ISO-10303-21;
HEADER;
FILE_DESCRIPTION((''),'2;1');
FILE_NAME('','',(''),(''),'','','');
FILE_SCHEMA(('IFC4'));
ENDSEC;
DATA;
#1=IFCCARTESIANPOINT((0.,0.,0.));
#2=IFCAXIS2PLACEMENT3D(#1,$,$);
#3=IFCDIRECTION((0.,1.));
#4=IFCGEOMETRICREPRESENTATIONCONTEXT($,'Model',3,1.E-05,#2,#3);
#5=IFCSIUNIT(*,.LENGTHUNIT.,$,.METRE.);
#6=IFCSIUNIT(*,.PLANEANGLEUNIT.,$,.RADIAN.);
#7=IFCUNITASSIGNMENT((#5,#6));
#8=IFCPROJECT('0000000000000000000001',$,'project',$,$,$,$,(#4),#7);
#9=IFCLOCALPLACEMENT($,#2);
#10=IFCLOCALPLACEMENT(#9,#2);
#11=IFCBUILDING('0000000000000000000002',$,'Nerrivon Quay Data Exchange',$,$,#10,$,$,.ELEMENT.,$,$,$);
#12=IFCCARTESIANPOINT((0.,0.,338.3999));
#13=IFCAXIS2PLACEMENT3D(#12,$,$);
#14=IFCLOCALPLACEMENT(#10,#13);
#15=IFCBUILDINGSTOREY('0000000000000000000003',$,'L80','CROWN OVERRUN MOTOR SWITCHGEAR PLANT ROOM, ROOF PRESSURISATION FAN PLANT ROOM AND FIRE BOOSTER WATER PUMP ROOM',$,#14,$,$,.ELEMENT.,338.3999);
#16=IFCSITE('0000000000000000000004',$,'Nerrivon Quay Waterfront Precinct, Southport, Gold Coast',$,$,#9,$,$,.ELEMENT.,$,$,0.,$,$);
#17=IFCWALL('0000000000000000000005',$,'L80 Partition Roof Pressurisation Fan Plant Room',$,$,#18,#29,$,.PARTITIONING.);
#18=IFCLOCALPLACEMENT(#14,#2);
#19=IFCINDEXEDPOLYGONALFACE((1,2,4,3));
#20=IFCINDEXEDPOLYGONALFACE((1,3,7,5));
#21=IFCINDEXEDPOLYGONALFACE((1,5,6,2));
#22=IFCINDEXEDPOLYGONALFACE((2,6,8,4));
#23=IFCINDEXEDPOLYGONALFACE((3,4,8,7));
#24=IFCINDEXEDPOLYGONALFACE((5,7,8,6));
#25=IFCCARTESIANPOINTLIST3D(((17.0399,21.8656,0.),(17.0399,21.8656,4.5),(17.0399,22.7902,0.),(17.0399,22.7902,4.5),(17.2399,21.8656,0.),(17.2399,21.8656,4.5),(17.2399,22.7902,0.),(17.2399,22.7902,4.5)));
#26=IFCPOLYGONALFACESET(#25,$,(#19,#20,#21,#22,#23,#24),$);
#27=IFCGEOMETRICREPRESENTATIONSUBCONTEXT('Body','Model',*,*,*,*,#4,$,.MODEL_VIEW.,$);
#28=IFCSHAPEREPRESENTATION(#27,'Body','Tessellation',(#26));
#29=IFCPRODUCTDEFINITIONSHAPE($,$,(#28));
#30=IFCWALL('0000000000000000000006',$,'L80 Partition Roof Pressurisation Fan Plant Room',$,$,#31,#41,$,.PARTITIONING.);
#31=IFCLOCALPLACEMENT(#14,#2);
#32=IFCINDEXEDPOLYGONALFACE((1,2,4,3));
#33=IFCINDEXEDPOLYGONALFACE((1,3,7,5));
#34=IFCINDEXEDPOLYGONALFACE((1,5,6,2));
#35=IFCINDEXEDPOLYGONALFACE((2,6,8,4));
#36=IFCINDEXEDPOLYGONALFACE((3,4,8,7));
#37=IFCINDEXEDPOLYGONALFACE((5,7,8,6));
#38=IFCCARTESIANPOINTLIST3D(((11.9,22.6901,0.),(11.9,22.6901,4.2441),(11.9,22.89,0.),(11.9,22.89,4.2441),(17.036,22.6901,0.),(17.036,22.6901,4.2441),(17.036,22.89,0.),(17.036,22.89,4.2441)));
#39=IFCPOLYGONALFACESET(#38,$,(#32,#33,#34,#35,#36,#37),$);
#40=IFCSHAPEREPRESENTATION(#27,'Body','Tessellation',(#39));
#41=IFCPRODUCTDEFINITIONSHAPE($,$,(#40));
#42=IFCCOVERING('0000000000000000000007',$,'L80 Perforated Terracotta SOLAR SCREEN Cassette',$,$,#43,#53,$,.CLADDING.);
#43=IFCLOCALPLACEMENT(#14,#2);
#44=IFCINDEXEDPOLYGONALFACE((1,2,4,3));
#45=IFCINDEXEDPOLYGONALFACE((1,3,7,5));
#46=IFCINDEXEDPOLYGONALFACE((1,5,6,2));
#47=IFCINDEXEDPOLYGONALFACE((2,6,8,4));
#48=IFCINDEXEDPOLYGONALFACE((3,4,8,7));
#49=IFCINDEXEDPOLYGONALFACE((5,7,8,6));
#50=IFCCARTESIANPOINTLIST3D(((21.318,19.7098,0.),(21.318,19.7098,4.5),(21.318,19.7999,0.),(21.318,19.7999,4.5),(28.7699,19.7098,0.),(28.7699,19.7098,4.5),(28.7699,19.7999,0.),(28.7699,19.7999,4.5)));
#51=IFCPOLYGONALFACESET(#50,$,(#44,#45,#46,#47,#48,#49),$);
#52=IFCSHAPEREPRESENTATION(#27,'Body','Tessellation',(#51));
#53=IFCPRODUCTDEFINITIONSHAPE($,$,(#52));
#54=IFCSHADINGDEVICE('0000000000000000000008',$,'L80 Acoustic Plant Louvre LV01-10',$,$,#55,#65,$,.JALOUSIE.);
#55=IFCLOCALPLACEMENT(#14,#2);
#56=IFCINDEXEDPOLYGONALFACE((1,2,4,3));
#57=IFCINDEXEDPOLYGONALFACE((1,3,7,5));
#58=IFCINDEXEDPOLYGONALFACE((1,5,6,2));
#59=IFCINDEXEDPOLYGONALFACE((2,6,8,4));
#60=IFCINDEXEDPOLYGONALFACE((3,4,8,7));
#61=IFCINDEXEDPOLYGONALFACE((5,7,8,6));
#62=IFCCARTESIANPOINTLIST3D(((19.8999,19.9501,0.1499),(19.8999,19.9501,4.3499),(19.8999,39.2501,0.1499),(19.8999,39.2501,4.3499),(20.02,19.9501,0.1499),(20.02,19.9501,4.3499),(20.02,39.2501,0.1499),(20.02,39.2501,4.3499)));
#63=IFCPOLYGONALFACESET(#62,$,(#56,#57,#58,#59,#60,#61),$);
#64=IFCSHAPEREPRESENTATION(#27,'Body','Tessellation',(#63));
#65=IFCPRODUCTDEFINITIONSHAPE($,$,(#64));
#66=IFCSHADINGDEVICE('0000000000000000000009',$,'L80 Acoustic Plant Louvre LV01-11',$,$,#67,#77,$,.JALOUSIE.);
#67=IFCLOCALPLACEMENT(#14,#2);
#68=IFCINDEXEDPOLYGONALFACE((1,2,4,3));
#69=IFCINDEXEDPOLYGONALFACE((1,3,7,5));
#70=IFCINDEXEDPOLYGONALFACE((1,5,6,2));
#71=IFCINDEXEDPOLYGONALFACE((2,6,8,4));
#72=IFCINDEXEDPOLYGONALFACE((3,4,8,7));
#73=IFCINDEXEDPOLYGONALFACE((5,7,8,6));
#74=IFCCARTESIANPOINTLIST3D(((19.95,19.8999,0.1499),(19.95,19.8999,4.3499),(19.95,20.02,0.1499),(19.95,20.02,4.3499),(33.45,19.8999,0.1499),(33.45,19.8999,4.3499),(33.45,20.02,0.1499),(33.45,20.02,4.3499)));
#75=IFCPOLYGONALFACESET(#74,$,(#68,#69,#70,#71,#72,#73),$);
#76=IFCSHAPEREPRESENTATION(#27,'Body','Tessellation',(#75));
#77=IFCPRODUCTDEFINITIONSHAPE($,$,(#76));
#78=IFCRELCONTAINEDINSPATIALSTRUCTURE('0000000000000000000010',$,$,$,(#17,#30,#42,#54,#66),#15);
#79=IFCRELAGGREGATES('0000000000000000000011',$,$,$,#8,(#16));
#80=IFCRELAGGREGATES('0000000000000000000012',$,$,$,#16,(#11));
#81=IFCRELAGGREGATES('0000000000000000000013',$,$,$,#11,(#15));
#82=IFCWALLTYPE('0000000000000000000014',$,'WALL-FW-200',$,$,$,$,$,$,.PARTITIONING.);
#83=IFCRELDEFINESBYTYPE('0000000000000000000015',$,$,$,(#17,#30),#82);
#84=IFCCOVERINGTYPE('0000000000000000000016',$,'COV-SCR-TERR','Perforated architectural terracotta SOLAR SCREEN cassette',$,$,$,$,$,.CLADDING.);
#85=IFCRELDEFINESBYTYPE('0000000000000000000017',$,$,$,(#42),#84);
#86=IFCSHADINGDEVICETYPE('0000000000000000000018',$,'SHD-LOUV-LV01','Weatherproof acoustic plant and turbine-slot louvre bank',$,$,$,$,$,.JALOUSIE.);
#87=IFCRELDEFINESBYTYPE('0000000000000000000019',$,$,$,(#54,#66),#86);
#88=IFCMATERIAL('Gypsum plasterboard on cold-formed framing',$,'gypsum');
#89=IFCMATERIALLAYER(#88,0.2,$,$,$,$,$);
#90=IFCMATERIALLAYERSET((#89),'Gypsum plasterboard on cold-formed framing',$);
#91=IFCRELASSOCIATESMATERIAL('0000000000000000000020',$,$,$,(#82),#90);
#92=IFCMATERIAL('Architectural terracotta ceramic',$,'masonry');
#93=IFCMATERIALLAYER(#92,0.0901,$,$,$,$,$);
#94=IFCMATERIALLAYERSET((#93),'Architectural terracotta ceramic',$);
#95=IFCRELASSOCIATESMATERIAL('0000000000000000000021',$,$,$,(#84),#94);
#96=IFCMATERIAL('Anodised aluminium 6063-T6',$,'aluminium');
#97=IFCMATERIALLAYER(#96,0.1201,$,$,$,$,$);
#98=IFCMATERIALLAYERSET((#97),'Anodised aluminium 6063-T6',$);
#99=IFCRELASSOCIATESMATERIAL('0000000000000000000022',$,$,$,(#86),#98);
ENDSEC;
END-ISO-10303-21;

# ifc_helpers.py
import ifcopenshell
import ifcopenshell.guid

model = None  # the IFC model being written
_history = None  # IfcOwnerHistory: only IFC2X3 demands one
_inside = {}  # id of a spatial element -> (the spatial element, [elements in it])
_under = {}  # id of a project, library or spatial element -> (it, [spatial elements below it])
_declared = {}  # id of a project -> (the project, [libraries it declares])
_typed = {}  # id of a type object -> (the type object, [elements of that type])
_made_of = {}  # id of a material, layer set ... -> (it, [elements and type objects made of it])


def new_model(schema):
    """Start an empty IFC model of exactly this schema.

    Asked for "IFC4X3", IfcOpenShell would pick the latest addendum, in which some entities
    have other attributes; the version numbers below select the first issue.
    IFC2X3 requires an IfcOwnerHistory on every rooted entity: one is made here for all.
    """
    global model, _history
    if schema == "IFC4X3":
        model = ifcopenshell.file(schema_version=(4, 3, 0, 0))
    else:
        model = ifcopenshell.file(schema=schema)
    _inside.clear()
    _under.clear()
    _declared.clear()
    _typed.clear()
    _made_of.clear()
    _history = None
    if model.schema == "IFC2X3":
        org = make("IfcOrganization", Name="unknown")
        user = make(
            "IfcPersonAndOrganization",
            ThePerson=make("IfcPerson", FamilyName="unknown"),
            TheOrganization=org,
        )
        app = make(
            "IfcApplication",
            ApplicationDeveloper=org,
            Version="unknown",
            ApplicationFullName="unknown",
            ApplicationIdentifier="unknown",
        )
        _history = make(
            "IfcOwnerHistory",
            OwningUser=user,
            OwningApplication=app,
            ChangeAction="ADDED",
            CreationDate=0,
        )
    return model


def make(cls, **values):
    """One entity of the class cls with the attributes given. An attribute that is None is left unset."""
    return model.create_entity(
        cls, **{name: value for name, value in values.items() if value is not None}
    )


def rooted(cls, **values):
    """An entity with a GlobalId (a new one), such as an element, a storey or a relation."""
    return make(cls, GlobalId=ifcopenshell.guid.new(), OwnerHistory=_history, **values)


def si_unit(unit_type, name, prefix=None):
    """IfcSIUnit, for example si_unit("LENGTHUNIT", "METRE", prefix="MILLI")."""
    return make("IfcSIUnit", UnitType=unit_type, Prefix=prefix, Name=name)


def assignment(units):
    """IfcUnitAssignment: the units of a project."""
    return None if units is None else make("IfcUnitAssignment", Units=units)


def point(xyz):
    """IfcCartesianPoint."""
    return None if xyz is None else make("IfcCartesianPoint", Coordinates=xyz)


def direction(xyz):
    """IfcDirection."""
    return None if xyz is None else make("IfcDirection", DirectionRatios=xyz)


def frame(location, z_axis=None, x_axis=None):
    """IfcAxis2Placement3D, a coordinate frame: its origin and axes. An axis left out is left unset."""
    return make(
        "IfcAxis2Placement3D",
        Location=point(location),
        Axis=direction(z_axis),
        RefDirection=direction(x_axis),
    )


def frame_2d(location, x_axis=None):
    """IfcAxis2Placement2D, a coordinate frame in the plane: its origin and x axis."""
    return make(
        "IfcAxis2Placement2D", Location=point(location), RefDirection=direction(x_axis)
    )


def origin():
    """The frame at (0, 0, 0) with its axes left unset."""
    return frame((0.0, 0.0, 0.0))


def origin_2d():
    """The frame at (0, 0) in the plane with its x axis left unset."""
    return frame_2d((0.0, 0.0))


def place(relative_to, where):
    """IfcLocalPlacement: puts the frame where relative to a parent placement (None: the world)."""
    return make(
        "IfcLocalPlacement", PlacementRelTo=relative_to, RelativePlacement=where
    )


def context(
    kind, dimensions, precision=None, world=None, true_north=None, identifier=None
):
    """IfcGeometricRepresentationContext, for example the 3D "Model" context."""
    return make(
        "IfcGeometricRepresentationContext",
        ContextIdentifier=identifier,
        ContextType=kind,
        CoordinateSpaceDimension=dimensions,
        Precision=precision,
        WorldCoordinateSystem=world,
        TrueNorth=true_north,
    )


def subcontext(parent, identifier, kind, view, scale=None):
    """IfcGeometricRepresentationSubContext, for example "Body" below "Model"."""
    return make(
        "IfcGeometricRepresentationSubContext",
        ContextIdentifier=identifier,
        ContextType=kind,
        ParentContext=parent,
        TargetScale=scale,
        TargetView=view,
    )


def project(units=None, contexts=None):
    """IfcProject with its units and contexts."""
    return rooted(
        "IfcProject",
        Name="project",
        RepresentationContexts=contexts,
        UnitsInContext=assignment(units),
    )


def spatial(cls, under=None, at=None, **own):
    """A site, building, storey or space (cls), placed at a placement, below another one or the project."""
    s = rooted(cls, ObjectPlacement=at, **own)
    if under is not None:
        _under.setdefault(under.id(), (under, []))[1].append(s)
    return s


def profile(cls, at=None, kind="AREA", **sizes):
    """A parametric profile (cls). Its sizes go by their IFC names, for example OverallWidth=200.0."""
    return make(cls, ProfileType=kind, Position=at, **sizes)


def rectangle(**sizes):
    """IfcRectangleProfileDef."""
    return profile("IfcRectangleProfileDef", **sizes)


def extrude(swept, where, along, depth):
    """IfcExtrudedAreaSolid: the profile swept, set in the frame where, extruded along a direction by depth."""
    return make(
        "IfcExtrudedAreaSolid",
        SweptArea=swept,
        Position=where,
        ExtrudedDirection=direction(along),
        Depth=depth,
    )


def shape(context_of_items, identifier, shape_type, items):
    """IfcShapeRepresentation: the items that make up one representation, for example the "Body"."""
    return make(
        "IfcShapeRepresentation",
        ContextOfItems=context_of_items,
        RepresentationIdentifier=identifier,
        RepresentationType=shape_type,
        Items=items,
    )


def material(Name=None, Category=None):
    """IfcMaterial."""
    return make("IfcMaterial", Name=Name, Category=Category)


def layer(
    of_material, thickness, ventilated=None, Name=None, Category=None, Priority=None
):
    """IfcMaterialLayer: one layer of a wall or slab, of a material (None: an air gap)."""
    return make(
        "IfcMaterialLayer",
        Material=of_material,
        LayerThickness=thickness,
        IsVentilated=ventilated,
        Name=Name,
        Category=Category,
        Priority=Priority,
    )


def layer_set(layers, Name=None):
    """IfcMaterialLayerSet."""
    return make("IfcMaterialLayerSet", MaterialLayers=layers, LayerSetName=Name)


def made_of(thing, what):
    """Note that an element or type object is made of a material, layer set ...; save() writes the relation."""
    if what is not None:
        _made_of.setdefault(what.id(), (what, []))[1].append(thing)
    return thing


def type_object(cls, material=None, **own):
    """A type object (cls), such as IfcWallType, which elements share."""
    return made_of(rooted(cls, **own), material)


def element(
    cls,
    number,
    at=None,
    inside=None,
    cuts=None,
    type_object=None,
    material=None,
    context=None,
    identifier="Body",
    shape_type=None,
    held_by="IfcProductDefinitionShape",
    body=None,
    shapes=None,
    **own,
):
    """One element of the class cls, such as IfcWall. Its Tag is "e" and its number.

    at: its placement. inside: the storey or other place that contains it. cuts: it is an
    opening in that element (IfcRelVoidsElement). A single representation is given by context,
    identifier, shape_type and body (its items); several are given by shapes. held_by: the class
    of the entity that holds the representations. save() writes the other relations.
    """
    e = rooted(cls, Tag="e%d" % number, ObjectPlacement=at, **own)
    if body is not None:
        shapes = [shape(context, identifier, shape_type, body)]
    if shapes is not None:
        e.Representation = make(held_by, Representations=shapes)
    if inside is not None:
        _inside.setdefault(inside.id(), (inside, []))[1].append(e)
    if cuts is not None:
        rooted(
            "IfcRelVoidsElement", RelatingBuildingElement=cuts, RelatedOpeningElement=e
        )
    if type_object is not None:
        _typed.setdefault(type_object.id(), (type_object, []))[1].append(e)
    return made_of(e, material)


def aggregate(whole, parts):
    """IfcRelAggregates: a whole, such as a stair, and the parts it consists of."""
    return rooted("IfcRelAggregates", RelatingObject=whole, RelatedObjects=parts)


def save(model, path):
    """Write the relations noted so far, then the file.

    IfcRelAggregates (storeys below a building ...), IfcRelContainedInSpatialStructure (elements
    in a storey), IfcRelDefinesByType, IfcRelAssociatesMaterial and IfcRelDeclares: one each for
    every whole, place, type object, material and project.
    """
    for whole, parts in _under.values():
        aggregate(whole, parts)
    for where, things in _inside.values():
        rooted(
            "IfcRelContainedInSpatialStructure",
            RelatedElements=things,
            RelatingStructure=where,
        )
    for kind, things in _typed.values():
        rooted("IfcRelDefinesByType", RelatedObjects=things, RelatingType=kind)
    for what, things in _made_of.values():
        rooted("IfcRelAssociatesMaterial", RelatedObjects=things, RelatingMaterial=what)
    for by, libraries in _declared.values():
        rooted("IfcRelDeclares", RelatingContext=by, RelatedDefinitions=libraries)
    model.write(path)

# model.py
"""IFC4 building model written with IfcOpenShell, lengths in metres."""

from ifc_helpers import new_model, si_unit, direction, frame, frame_2d, origin, origin_2d, place, context, subcontext, project, spatial, rectangle, extrude, material, layer, layer_set, type_object, element, save


model = new_model("IFC4")

# Units and contexts
model_context = context("Model", 3, precision=1e-05, world=origin(), true_north=direction((0.0, 1.0)))
body_context = subcontext(model_context, "Body", "Model", "MODEL_VIEW")
ifc_project = project(units=[si_unit("LENGTHUNIT", "METRE"), si_unit("PLANEANGLEUNIT", "RADIAN")], contexts=[model_context])

# Site, building, storey
site_placement = place(None, origin())
site = spatial("IfcSite", under=ifc_project, at=site_placement, Name="Nerrivon Quay Waterfront Precinct, Southport, Gold Coast", CompositionType="ELEMENT", RefElevation=0.0)
building_placement = place(site_placement, origin())
building = spatial("IfcBuilding", under=site, at=building_placement, Name="Nerrivon Quay Data Exchange", CompositionType="ELEMENT")
storey_placement = place(building_placement, frame((0.0, 0.0, 338.3999)))
storey = spatial("IfcBuildingStorey", under=building, at=storey_placement, Name="L80", Description="CROWN OVERRUN MOTOR SWITCHGEAR PLANT ROOM, ROOF PRESSURISATION FAN PLANT ROOM AND FIRE BOOSTER WATER PUMP ROOM", CompositionType="ELEMENT", Elevation=338.3999)

# Walls
ifc_material_1 = material(Name="Gypsum plasterboard on cold-formed framing", Category="gypsum")
ifc_layer_1 = layer(ifc_material_1, 0.2)
ifc_layer_set_1 = layer_set([ifc_layer_1], Name="Gypsum plasterboard on cold-formed framing")
wall_type_1 = type_object("IfcWallType", Name="WALL-FW-200", PredefinedType="PARTITIONING", material=ifc_layer_set_1)
wall_1_placement = place(storey_placement, frame((17.1399, 21.8655, 0.0), z_axis=(0.0, 0.0, 1.0), x_axis=(0.0, 1.0, 0.0)))
element("IfcWall", 1, at=wall_1_placement, inside=storey, type_object=wall_type_1, Name="L80 Partition Roof Pressurisation Fan Plant Room", PredefinedType="PARTITIONING", context=body_context, shape_type="SweptSolid", body=[
    extrude(rectangle(XDim=0.9246, YDim=0.2, at=frame_2d((0.4624, 0.0))), origin(), (0.0, 0.0, 1.0), 4.5),
])
wall_2_placement = place(storey_placement, frame((17.0359, 22.79, 0.0), z_axis=(0.0, 0.0, 1.0), x_axis=(-1.0, 0.0, 0.0)))
element("IfcWall", 2, at=wall_2_placement, inside=storey, type_object=wall_type_1, Name="L80 Partition Roof Pressurisation Fan Plant Room", PredefinedType="PARTITIONING", context=body_context, shape_type="SweptSolid", body=[
    extrude(rectangle(XDim=5.136, YDim=0.2, at=frame_2d((2.5679, 0.0))), origin(), (0.0, 0.0, 1.0), 4.2441),
])

# Covering
ifc_material_2 = material(Name="Architectural terracotta ceramic", Category="masonry")
ifc_layer_2 = layer(ifc_material_2, 0.0901)
ifc_layer_set_2 = layer_set([ifc_layer_2], Name="Architectural terracotta ceramic")
covering_type = type_object("IfcCoveringType", Name="COV-SCR-TERR", Description="Perforated architectural terracotta SOLAR SCREEN cassette", PredefinedType="CLADDING", material=ifc_layer_set_2)
covering_placement = place(storey_placement, frame((25.0439, 19.7549, 0.0), z_axis=(0.0, 0.0, 1.0), x_axis=(1.0, 0.0, 0.0)))
element("IfcCovering", 3, at=covering_placement, inside=storey, type_object=covering_type, Name="L80 Perforated Terracotta SOLAR SCREEN Cassette", PredefinedType="CLADDING", context=body_context, shape_type="SweptSolid", body=[
    extrude(rectangle(XDim=7.4519, YDim=0.0901, at=origin_2d()), origin(), (0.0, 0.0, 1.0), 4.5),
])

# Shading devices
ifc_material_3 = material(Name="Anodised aluminium 6063-T6", Category="aluminium")
ifc_layer_3 = layer(ifc_material_3, 0.1201)
ifc_layer_set_3 = layer_set([ifc_layer_3], Name="Anodised aluminium 6063-T6")
shading_device_type = type_object("IfcShadingDeviceType", Name="SHD-LOUV-LV01", Description="Weatherproof acoustic plant and turbine-slot louvre bank", PredefinedType="JALOUSIE", material=ifc_layer_set_3)
shading_device_1_placement = place(storey_placement, frame((19.96, 29.6001, 0.1499), z_axis=(0.0, 0.0, 1.0), x_axis=(0.0, -1.0, 0.0)))
element("IfcShadingDevice", 4, at=shading_device_1_placement, inside=storey, type_object=shading_device_type, Name="L80 Acoustic Plant Louvre LV01-10", PredefinedType="JALOUSIE", context=body_context, shape_type="SweptSolid", body=[
    extrude(rectangle(XDim=19.3, YDim=0.1201, at=origin_2d()), origin(), (0.0, 0.0, 1.0), 4.2),
])
shading_device_2_placement = place(storey_placement, frame((26.7, 19.96, 0.1499), z_axis=(0.0, 0.0, 1.0), x_axis=(1.0, 0.0, 0.0)))
element("IfcShadingDevice", 5, at=shading_device_2_placement, inside=storey, type_object=shading_device_type, Name="L80 Acoustic Plant Louvre LV01-11", PredefinedType="JALOUSIE", context=body_context, shape_type="SweptSolid", body=[
    extrude(rectangle(XDim=13.5, YDim=0.1201, at=origin_2d()), origin(), (0.0, 0.0, 1.0), 4.2),
])

save(model, "model.ifc")
